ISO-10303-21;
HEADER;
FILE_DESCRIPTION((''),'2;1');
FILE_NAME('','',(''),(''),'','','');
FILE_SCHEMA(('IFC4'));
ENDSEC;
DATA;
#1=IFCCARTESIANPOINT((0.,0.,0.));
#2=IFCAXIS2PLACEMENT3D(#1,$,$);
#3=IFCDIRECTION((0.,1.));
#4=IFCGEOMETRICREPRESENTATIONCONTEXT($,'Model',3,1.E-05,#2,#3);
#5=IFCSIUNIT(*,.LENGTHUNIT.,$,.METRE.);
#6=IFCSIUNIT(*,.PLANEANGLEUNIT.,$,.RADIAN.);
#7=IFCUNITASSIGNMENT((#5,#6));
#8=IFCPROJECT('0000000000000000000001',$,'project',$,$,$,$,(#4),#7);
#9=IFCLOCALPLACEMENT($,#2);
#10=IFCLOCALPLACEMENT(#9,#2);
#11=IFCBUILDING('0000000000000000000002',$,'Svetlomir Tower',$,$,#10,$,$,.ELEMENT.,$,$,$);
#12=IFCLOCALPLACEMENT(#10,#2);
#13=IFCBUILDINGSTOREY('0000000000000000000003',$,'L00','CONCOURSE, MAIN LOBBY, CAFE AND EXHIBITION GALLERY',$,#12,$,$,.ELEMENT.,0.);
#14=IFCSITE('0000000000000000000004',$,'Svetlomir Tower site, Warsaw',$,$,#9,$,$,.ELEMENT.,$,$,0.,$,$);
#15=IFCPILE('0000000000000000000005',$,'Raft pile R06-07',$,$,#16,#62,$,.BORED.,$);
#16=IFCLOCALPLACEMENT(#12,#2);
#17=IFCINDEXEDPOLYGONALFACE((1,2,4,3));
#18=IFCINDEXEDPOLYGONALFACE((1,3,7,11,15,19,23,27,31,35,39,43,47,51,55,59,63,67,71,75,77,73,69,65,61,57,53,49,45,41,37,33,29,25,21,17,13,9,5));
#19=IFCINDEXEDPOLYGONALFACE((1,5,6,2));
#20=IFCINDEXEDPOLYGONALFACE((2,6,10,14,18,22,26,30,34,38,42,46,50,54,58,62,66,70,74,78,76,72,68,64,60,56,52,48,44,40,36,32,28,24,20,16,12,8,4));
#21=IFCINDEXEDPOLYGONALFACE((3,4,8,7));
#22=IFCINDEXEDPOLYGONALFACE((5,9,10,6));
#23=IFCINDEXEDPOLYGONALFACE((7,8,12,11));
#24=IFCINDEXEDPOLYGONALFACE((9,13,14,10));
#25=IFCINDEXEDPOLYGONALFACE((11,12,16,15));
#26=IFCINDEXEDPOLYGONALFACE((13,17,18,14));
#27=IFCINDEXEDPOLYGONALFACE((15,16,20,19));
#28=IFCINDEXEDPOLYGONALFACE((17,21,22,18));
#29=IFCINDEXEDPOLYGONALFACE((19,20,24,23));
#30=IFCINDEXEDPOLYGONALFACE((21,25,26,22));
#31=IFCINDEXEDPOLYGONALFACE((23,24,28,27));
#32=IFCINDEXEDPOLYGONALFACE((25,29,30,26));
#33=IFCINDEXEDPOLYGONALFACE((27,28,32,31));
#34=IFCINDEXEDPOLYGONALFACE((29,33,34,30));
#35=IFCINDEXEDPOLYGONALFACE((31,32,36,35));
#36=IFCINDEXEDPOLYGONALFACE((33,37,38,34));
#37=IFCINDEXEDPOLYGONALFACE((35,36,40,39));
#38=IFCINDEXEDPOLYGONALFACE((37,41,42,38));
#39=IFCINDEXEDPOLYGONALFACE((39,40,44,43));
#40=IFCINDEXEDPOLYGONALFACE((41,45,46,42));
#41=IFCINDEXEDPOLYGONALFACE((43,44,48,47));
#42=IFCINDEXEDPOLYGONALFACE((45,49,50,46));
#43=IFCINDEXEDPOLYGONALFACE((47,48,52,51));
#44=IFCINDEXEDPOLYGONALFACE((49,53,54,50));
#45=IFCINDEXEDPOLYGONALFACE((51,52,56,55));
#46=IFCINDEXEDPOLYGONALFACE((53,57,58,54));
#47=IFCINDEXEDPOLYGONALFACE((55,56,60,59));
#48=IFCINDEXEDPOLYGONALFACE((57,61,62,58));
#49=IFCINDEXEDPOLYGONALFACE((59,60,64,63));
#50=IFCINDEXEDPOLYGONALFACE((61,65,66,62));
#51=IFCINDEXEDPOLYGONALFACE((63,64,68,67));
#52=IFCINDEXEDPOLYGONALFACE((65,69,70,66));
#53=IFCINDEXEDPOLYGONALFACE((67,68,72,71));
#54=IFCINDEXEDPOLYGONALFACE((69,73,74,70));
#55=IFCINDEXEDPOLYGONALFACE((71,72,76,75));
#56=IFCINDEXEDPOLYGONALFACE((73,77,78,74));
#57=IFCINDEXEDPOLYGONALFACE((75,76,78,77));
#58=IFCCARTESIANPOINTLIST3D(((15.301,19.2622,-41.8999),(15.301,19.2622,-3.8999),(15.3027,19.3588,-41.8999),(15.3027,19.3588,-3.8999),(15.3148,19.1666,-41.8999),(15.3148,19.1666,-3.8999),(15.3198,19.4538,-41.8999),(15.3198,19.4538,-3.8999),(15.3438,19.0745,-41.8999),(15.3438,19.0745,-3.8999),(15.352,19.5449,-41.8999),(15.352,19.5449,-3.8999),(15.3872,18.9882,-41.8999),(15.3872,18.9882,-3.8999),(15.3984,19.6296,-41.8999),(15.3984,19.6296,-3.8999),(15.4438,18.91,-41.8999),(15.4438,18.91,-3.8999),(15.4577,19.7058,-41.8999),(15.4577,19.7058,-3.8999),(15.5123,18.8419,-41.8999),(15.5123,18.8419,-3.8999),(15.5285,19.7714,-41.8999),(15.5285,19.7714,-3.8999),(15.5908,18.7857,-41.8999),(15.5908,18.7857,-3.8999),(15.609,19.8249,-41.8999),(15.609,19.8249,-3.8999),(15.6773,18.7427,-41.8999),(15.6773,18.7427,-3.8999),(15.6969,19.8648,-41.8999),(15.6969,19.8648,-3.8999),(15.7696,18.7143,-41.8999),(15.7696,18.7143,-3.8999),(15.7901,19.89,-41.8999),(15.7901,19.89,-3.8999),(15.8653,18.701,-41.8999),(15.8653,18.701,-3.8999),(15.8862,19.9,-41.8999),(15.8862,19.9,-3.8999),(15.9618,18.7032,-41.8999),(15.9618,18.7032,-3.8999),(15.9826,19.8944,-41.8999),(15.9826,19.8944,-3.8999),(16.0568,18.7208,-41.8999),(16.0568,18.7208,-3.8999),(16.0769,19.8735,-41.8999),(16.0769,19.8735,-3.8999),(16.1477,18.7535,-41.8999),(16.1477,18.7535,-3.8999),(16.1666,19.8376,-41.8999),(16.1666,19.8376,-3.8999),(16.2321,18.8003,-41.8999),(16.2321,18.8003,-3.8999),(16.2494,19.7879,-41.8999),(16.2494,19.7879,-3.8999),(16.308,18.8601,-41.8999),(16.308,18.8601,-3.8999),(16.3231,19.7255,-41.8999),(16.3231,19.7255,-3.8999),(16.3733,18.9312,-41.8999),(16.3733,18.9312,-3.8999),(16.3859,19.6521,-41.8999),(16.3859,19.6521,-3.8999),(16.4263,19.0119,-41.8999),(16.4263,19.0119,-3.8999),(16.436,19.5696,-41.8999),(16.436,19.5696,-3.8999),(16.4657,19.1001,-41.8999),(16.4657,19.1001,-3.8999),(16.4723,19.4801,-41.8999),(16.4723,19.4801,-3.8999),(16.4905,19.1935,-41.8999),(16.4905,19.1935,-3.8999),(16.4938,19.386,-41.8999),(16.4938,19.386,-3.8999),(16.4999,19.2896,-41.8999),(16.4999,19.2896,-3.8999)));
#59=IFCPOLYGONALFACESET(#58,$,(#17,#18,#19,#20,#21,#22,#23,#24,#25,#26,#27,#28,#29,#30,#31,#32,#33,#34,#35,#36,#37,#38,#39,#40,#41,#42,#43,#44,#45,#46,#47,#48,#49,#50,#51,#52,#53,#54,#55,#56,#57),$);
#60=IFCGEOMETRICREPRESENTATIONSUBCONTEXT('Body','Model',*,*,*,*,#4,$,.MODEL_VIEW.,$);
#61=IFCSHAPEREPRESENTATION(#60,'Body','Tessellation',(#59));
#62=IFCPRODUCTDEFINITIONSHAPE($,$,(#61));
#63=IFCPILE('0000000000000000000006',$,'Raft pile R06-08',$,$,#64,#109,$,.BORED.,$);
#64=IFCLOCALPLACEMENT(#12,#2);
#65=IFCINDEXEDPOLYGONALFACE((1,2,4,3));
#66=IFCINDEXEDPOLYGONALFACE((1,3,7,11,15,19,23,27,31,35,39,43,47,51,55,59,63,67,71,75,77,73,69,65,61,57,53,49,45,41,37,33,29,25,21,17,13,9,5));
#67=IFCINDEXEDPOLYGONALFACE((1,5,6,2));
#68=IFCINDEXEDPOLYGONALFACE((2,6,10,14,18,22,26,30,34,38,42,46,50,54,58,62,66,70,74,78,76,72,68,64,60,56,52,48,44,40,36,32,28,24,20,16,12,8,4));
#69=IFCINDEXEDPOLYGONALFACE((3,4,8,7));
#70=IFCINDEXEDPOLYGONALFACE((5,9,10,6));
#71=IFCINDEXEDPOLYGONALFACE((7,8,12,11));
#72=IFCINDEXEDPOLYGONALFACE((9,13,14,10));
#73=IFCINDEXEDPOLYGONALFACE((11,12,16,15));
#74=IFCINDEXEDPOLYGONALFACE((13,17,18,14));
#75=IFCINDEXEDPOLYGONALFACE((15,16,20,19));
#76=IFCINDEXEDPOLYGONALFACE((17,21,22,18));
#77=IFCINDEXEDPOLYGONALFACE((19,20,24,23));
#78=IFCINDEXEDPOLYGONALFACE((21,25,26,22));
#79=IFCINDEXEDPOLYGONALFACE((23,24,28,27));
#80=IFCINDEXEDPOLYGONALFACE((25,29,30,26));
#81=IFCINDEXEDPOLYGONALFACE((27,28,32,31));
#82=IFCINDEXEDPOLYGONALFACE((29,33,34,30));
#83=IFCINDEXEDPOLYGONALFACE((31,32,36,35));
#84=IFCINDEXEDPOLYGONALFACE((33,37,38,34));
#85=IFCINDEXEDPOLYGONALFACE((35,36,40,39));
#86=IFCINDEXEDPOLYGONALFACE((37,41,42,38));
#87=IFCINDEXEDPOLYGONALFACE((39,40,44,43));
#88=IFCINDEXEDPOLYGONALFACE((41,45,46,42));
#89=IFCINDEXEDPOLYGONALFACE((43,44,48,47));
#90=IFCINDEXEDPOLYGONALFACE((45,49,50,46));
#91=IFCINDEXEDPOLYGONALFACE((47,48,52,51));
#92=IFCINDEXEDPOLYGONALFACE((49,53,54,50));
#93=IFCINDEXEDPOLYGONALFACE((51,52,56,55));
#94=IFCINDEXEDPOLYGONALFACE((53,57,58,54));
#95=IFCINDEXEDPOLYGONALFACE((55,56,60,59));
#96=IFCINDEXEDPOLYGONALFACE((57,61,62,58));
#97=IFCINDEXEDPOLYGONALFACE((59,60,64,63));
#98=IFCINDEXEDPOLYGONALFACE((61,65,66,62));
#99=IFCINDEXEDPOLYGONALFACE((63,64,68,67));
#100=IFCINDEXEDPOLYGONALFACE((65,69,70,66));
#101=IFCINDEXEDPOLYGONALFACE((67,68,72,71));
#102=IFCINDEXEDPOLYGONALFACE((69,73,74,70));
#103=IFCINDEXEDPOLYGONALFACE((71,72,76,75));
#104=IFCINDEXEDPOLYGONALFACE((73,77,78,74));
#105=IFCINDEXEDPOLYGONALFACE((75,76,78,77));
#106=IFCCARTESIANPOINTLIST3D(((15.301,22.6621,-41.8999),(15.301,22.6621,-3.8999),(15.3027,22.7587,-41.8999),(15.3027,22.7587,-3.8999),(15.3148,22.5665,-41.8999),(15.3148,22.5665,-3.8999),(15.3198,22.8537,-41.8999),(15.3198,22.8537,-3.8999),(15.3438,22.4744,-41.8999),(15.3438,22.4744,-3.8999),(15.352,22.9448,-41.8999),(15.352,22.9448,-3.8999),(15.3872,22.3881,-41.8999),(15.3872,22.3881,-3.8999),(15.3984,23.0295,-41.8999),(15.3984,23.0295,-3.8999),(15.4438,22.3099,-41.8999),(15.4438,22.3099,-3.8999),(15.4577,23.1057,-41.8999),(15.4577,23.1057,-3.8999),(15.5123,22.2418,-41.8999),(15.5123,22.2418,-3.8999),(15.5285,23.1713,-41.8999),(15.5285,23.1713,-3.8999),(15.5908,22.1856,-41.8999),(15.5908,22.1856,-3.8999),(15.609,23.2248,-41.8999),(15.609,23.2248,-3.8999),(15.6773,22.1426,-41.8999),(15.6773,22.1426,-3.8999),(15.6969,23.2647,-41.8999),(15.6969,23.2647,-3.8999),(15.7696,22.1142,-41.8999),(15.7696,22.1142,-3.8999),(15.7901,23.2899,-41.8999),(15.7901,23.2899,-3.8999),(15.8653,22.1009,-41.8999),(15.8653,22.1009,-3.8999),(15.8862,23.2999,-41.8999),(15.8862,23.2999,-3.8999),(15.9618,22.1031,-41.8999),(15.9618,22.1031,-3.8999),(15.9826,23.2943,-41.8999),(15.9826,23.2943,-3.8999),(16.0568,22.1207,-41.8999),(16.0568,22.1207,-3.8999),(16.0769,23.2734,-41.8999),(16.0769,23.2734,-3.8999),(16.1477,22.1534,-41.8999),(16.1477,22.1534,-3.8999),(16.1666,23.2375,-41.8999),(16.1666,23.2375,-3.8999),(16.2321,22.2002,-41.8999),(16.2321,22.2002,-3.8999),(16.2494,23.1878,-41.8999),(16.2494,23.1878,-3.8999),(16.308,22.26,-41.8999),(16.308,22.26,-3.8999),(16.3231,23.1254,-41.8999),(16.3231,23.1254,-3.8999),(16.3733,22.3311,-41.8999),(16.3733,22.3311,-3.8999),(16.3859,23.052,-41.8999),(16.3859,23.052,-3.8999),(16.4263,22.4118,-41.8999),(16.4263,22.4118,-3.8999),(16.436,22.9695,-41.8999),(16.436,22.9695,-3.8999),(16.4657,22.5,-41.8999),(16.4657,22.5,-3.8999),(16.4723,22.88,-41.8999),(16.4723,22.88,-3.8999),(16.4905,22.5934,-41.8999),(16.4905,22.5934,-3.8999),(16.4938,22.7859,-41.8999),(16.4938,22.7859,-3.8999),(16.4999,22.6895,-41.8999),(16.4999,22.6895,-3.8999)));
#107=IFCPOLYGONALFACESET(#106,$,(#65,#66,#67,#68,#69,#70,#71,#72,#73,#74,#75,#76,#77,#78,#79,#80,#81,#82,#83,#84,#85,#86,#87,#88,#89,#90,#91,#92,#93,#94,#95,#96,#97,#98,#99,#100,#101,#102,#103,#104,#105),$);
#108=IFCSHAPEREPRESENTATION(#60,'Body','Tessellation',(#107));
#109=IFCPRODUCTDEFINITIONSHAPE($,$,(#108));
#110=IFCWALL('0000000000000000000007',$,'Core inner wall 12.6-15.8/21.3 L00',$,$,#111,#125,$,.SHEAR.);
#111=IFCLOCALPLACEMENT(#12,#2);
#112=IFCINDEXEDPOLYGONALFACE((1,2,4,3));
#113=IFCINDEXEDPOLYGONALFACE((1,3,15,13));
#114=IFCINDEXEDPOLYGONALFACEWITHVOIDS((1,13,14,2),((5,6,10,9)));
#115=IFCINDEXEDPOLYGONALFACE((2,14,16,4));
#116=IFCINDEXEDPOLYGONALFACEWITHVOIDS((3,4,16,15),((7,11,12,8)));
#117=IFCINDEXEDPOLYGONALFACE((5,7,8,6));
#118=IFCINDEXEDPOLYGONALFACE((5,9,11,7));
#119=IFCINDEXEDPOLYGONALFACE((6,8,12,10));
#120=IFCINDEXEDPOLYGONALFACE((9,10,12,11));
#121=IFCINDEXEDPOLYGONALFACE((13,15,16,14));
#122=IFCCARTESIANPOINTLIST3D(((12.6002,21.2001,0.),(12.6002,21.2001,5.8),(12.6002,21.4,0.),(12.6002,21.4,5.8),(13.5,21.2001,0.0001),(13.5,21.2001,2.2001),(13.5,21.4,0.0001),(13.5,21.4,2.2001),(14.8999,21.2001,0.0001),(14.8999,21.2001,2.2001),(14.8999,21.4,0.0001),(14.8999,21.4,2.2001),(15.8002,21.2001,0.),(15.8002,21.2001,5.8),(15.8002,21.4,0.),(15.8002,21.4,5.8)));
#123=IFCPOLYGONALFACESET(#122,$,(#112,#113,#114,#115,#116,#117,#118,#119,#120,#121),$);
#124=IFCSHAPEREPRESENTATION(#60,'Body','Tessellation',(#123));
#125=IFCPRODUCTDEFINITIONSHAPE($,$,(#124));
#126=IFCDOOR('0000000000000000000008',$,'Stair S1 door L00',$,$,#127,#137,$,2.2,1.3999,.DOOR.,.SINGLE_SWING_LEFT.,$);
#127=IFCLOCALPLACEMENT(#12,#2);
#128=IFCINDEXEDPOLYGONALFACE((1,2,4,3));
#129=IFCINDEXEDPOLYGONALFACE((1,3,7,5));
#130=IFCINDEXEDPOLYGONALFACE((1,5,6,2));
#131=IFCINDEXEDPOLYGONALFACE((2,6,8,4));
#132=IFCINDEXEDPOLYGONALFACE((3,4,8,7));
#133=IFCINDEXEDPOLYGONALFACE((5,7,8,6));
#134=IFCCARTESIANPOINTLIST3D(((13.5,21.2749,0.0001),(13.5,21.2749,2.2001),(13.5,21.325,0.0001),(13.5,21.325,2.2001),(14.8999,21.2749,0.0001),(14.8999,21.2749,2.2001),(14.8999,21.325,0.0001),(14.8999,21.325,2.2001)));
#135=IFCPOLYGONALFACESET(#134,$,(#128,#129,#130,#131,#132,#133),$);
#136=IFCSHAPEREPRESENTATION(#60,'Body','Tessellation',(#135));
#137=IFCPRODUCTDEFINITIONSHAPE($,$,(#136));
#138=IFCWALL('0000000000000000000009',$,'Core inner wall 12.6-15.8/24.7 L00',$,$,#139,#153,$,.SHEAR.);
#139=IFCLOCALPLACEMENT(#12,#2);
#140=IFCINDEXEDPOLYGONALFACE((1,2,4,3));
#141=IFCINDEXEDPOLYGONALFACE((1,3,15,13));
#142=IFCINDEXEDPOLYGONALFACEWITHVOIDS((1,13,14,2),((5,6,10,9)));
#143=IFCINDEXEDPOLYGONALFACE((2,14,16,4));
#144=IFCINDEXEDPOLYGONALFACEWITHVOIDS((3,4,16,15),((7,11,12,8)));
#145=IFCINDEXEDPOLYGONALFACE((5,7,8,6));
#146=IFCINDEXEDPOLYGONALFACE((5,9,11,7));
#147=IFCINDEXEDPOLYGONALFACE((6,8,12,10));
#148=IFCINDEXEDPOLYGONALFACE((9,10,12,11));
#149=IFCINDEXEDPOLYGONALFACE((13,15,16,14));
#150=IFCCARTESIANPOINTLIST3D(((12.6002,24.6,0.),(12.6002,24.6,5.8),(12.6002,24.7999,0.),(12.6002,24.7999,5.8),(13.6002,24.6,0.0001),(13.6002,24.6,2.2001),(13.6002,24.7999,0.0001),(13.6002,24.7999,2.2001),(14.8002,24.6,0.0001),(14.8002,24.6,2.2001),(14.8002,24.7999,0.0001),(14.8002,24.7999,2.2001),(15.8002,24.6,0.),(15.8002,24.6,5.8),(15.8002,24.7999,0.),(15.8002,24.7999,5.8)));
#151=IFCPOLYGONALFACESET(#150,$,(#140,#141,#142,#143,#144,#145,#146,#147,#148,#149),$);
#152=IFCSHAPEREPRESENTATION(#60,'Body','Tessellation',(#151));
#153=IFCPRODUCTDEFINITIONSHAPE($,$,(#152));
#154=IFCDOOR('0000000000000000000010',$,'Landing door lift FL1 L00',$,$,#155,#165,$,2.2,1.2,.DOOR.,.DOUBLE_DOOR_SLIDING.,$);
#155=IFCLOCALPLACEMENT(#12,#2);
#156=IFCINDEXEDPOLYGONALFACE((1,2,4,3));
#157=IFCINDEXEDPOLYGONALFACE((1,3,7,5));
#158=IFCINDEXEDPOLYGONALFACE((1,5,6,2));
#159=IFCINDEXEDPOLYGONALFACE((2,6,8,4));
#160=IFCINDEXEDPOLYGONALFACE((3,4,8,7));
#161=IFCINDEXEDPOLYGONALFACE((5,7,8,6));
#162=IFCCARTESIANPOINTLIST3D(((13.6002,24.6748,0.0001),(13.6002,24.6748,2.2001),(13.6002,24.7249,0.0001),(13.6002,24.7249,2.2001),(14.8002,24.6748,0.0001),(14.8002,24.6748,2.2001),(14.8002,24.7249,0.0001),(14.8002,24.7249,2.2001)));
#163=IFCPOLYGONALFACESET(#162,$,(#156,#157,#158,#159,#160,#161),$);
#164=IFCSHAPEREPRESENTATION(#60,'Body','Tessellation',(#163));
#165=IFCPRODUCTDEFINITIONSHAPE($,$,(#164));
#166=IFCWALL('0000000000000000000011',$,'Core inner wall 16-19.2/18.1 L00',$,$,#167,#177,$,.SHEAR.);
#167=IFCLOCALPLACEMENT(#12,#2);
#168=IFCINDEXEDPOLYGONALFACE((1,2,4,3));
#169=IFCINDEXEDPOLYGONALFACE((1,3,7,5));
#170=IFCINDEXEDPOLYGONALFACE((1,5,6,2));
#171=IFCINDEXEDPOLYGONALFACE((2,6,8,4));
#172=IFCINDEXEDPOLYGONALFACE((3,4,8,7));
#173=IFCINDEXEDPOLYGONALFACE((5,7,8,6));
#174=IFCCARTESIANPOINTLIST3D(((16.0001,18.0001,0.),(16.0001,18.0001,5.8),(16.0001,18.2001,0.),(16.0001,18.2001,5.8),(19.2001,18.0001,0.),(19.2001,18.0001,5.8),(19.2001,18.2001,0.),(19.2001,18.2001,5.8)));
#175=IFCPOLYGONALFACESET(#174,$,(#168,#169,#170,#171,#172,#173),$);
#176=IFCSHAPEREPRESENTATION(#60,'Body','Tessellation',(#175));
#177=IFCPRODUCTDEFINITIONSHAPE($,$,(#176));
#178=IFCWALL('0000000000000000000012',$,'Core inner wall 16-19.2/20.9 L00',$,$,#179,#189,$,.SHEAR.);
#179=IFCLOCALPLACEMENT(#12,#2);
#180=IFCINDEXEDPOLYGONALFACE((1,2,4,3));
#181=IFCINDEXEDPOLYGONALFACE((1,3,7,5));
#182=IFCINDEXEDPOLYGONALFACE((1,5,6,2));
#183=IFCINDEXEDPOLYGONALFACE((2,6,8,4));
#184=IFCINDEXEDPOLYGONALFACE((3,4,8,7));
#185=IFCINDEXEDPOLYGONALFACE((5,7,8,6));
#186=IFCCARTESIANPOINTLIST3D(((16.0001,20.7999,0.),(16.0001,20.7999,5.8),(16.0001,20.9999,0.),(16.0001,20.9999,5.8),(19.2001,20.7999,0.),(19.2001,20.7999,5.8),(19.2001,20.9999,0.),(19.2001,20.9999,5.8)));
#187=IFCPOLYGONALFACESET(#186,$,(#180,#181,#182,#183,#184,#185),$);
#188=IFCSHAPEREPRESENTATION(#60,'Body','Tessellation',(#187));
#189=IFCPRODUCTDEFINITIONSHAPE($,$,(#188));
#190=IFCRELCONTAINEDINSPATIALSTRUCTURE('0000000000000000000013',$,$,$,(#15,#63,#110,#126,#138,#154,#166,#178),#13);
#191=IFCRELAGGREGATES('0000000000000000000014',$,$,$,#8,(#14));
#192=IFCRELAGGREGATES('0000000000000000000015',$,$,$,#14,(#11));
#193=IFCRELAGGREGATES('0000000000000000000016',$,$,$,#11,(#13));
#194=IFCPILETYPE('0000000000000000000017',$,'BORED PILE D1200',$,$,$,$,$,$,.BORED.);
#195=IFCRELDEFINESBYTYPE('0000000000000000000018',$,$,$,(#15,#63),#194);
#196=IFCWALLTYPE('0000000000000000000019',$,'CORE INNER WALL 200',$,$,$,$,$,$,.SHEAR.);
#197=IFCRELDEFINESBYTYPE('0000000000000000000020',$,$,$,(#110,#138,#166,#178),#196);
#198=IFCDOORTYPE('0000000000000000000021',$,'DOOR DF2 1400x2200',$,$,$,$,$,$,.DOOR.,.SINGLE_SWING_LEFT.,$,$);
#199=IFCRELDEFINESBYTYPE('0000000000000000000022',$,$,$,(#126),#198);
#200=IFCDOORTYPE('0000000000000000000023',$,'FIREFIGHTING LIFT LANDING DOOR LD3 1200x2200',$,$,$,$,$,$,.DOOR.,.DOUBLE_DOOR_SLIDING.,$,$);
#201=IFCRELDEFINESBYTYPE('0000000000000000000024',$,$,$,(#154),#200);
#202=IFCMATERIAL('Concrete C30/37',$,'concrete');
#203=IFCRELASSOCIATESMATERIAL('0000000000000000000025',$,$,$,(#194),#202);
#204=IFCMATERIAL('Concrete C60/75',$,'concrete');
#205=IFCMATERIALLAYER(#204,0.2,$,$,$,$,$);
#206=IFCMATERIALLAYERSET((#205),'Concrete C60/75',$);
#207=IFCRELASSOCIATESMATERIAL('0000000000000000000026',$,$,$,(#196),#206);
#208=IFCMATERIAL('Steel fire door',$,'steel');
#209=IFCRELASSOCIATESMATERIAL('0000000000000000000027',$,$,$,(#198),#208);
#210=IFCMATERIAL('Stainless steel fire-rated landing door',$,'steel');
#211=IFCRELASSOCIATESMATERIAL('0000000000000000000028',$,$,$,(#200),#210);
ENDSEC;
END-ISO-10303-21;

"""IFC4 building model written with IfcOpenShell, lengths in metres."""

from ifc_helpers import new_model, si_unit, direction, frame, frame_2d, origin, origin_2d, place, context, subcontext, project, spatial, rectangle, circle, extrude, material, layer, layer_set, material_profile, profile_set, type_object, element, fill, save


model = new_model("IFC4")

# Units and contexts
model_context = context("Model", 3, precision=1e-05, world=origin(), true_north=direction((0.0, 1.0)))
body_context = subcontext(model_context, "Body", "Model", "MODEL_VIEW")
ifc_project = project(units=[si_unit("LENGTHUNIT", "METRE"), si_unit("PLANEANGLEUNIT", "RADIAN")], contexts=[model_context])

# Site, building, storey
site_placement = place(None, origin())
site = spatial("IfcSite", under=ifc_project, at=site_placement, Name="Svetlomir Tower site, Warsaw", CompositionType="ELEMENT", RefElevation=0.0)
building_placement = place(site_placement, origin())
building = spatial("IfcBuilding", under=site, at=building_placement, Name="Svetlomir Tower", CompositionType="ELEMENT")
storey_placement = place(building_placement, origin())
storey = spatial("IfcBuildingStorey", under=building, at=storey_placement, Name="L00", Description="CONCOURSE, MAIN LOBBY, CAFE AND EXHIBITION GALLERY", CompositionType="ELEMENT", Elevation=0.0)

# Piles
ifc_material_1 = material(Name="Concrete C30/37", Category="concrete")
ifc_material_profile = material_profile(ifc_material_1, circle(Radius=0.6001, at=origin_2d()), Name="D1200")
ifc_profile_set = profile_set([ifc_material_profile], Name="Concrete C30/37")
pile_type = type_object("IfcPileType", Name="BORED PILE D1200", PredefinedType="BORED", material=ifc_profile_set)
for number, where, z_axis, x_axis, name in (
    (1, (15.8999, 19.3, -3.8999), (0.0, 0.0, -1.0), (1.0, 0.0, 0.0), "Raft pile R06-07"),
    (2, (15.8999, 22.7, -3.8999), (0.0, 0.0, -1.0), (1.0, 0.0, 0.0), "Raft pile R06-08"),
):
    element("IfcPile", number, at=place(storey_placement, frame(where, z_axis=z_axis, x_axis=x_axis)), inside=storey, type_object=pile_type, Name=name, PredefinedType="BORED", context=body_context, shape_type="SweptSolid", body=[
        extrude(circle(Radius=0.6001, at=frame_2d((0.0, 0.0), x_axis=(0.999848, 0.017452))), origin(), (0.0, 0.0, 1.0), 38.0),
    ])

# Walls, openings, doors
ifc_material_2 = material(Name="Concrete C60/75", Category="concrete")
ifc_layer_1 = layer(ifc_material_2, 0.2)
ifc_layer_set_1 = layer_set([ifc_layer_1], Name="Concrete C60/75")
wall_type_1 = type_object("IfcWallType", Name="CORE INNER WALL 200", PredefinedType="SHEAR", material=ifc_layer_set_1)
wall_1_placement = place(storey_placement, frame((12.6001, 21.3, 0.0), z_axis=(0.0, 0.0, 1.0), x_axis=(1.0, 0.0, 0.0)))
wall_1 = element("IfcWall", 3, at=wall_1_placement, inside=storey, type_object=wall_type_1, Name="Core inner wall 12.6-15.8/21.3 L00", PredefinedType="SHEAR", context=body_context, shape_type="SweptSolid", body=[
    extrude(rectangle(XDim=3.2, YDim=0.2, at=frame_2d((1.6001, 0.0))), origin(), (0.0, 0.0, 1.0), 5.8),
])
opening_1_placement = place(wall_1_placement, frame((0.8999, 0.0, 0.0)))
opening_1 = element("IfcOpeningElement", 4, at=opening_1_placement, cuts=wall_1, PredefinedType="OPENING", context=body_context, shape_type="SweptSolid", body=[
    extrude(rectangle(XDim=1.3999, YDim=2.2, at=frame_2d((0.7, 1.1001))), frame((0.0, 0.1099, 0.0), z_axis=(0.0, -1.0, 0.0), x_axis=(1.0, 0.0, 0.0)), (0.0, 0.0, 1.0), 0.22),
])
ifc_material_3 = material(Name="Steel fire door", Category="steel")
door_type_1 = type_object("IfcDoorType", Name="DOOR DF2 1400x2200", OperationType="SINGLE_SWING_LEFT", PredefinedType="DOOR", material=ifc_material_3)
door_1_placement = place(opening_1_placement, origin())
door_1 = element("IfcDoor", 5, at=door_1_placement, inside=storey, type_object=door_type_1, Name="Stair S1 door L00", OperationType="SINGLE_SWING_LEFT", OverallHeight=2.2, OverallWidth=1.3999, PredefinedType="DOOR", context=body_context, shape_type="SweptSolid", body=[
    extrude(rectangle(XDim=1.3999, YDim=2.2, at=frame_2d((0.7, 1.1001))), frame((0.0, 0.0249, 0.0), z_axis=(0.0, -1.0, 0.0), x_axis=(1.0, 0.0, 0.0)), (0.0, 0.0, 1.0), 0.05),
])
fill(opening_1, door_1)
wall_2_placement = place(storey_placement, frame((12.6001, 24.7, 0.0), z_axis=(0.0, 0.0, 1.0), x_axis=(1.0, 0.0, 0.0)))
wall_2 = element("IfcWall", 6, at=wall_2_placement, inside=storey, type_object=wall_type_1, Name="Core inner wall 12.6-15.8/24.7 L00", PredefinedType="SHEAR", context=body_context, shape_type="SweptSolid", body=[
    extrude(rectangle(XDim=3.2, YDim=0.2, at=frame_2d((1.6001, 0.0))), origin(), (0.0, 0.0, 1.0), 5.8),
])
opening_2_placement = place(wall_2_placement, frame((1.0, 0.0, 0.0)))
opening_2 = element("IfcOpeningElement", 7, at=opening_2_placement, cuts=wall_2, PredefinedType="OPENING", context=body_context, shape_type="SweptSolid", body=[
    extrude(rectangle(XDim=1.2, YDim=2.2, at=frame_2d((0.6001, 1.1001))), frame((0.0, 0.1099, 0.0), z_axis=(0.0, -1.0, 0.0), x_axis=(1.0, 0.0, 0.0)), (0.0, 0.0, 1.0), 0.22),
])
ifc_material_4 = material(Name="Stainless steel fire-rated landing door", Category="steel")
door_type_2 = type_object("IfcDoorType", Name="FIREFIGHTING LIFT LANDING DOOR LD3 1200x2200", OperationType="DOUBLE_DOOR_SLIDING", PredefinedType="DOOR", material=ifc_material_4)
door_2_placement = place(opening_2_placement, origin())
door_2 = element("IfcDoor", 8, at=door_2_placement, inside=storey, type_object=door_type_2, Name="Landing door lift FL1 L00", OperationType="DOUBLE_DOOR_SLIDING", OverallHeight=2.2, OverallWidth=1.2, PredefinedType="DOOR", context=body_context, shape_type="SweptSolid", body=[
    extrude(rectangle(XDim=1.2, YDim=2.2, at=frame_2d((0.6001, 1.1001))), frame((0.0, 0.0249, 0.0), z_axis=(0.0, -1.0, 0.0), x_axis=(1.0, 0.0, 0.0)), (0.0, 0.0, 1.0), 0.05),
])
fill(opening_2, door_2)

# Walls
for number, where, z_axis, x_axis, name in (
    (9, (16.0, 18.1001, 0.0), (0.0, 0.0, 1.0), (1.0, 0.0, 0.0), "Core inner wall 16-19.2/18.1 L00"),
    (10, (16.0, 20.8999, 0.0), (0.0, 0.0, 1.0), (1.0, 0.0, 0.0), "Core inner wall 16-19.2/20.9 L00"),
):
    element("IfcWall", number, at=place(storey_placement, frame(where, z_axis=z_axis, x_axis=x_axis)), inside=storey, type_object=wall_type_1, Name=name, PredefinedType="SHEAR", context=body_context, shape_type="SweptSolid", body=[
        extrude(rectangle(XDim=3.2, YDim=0.2, at=frame_2d((1.6001, 0.0))), origin(), (0.0, 0.0, 1.0), 5.8),
    ])

save(model, "model.ifc")
